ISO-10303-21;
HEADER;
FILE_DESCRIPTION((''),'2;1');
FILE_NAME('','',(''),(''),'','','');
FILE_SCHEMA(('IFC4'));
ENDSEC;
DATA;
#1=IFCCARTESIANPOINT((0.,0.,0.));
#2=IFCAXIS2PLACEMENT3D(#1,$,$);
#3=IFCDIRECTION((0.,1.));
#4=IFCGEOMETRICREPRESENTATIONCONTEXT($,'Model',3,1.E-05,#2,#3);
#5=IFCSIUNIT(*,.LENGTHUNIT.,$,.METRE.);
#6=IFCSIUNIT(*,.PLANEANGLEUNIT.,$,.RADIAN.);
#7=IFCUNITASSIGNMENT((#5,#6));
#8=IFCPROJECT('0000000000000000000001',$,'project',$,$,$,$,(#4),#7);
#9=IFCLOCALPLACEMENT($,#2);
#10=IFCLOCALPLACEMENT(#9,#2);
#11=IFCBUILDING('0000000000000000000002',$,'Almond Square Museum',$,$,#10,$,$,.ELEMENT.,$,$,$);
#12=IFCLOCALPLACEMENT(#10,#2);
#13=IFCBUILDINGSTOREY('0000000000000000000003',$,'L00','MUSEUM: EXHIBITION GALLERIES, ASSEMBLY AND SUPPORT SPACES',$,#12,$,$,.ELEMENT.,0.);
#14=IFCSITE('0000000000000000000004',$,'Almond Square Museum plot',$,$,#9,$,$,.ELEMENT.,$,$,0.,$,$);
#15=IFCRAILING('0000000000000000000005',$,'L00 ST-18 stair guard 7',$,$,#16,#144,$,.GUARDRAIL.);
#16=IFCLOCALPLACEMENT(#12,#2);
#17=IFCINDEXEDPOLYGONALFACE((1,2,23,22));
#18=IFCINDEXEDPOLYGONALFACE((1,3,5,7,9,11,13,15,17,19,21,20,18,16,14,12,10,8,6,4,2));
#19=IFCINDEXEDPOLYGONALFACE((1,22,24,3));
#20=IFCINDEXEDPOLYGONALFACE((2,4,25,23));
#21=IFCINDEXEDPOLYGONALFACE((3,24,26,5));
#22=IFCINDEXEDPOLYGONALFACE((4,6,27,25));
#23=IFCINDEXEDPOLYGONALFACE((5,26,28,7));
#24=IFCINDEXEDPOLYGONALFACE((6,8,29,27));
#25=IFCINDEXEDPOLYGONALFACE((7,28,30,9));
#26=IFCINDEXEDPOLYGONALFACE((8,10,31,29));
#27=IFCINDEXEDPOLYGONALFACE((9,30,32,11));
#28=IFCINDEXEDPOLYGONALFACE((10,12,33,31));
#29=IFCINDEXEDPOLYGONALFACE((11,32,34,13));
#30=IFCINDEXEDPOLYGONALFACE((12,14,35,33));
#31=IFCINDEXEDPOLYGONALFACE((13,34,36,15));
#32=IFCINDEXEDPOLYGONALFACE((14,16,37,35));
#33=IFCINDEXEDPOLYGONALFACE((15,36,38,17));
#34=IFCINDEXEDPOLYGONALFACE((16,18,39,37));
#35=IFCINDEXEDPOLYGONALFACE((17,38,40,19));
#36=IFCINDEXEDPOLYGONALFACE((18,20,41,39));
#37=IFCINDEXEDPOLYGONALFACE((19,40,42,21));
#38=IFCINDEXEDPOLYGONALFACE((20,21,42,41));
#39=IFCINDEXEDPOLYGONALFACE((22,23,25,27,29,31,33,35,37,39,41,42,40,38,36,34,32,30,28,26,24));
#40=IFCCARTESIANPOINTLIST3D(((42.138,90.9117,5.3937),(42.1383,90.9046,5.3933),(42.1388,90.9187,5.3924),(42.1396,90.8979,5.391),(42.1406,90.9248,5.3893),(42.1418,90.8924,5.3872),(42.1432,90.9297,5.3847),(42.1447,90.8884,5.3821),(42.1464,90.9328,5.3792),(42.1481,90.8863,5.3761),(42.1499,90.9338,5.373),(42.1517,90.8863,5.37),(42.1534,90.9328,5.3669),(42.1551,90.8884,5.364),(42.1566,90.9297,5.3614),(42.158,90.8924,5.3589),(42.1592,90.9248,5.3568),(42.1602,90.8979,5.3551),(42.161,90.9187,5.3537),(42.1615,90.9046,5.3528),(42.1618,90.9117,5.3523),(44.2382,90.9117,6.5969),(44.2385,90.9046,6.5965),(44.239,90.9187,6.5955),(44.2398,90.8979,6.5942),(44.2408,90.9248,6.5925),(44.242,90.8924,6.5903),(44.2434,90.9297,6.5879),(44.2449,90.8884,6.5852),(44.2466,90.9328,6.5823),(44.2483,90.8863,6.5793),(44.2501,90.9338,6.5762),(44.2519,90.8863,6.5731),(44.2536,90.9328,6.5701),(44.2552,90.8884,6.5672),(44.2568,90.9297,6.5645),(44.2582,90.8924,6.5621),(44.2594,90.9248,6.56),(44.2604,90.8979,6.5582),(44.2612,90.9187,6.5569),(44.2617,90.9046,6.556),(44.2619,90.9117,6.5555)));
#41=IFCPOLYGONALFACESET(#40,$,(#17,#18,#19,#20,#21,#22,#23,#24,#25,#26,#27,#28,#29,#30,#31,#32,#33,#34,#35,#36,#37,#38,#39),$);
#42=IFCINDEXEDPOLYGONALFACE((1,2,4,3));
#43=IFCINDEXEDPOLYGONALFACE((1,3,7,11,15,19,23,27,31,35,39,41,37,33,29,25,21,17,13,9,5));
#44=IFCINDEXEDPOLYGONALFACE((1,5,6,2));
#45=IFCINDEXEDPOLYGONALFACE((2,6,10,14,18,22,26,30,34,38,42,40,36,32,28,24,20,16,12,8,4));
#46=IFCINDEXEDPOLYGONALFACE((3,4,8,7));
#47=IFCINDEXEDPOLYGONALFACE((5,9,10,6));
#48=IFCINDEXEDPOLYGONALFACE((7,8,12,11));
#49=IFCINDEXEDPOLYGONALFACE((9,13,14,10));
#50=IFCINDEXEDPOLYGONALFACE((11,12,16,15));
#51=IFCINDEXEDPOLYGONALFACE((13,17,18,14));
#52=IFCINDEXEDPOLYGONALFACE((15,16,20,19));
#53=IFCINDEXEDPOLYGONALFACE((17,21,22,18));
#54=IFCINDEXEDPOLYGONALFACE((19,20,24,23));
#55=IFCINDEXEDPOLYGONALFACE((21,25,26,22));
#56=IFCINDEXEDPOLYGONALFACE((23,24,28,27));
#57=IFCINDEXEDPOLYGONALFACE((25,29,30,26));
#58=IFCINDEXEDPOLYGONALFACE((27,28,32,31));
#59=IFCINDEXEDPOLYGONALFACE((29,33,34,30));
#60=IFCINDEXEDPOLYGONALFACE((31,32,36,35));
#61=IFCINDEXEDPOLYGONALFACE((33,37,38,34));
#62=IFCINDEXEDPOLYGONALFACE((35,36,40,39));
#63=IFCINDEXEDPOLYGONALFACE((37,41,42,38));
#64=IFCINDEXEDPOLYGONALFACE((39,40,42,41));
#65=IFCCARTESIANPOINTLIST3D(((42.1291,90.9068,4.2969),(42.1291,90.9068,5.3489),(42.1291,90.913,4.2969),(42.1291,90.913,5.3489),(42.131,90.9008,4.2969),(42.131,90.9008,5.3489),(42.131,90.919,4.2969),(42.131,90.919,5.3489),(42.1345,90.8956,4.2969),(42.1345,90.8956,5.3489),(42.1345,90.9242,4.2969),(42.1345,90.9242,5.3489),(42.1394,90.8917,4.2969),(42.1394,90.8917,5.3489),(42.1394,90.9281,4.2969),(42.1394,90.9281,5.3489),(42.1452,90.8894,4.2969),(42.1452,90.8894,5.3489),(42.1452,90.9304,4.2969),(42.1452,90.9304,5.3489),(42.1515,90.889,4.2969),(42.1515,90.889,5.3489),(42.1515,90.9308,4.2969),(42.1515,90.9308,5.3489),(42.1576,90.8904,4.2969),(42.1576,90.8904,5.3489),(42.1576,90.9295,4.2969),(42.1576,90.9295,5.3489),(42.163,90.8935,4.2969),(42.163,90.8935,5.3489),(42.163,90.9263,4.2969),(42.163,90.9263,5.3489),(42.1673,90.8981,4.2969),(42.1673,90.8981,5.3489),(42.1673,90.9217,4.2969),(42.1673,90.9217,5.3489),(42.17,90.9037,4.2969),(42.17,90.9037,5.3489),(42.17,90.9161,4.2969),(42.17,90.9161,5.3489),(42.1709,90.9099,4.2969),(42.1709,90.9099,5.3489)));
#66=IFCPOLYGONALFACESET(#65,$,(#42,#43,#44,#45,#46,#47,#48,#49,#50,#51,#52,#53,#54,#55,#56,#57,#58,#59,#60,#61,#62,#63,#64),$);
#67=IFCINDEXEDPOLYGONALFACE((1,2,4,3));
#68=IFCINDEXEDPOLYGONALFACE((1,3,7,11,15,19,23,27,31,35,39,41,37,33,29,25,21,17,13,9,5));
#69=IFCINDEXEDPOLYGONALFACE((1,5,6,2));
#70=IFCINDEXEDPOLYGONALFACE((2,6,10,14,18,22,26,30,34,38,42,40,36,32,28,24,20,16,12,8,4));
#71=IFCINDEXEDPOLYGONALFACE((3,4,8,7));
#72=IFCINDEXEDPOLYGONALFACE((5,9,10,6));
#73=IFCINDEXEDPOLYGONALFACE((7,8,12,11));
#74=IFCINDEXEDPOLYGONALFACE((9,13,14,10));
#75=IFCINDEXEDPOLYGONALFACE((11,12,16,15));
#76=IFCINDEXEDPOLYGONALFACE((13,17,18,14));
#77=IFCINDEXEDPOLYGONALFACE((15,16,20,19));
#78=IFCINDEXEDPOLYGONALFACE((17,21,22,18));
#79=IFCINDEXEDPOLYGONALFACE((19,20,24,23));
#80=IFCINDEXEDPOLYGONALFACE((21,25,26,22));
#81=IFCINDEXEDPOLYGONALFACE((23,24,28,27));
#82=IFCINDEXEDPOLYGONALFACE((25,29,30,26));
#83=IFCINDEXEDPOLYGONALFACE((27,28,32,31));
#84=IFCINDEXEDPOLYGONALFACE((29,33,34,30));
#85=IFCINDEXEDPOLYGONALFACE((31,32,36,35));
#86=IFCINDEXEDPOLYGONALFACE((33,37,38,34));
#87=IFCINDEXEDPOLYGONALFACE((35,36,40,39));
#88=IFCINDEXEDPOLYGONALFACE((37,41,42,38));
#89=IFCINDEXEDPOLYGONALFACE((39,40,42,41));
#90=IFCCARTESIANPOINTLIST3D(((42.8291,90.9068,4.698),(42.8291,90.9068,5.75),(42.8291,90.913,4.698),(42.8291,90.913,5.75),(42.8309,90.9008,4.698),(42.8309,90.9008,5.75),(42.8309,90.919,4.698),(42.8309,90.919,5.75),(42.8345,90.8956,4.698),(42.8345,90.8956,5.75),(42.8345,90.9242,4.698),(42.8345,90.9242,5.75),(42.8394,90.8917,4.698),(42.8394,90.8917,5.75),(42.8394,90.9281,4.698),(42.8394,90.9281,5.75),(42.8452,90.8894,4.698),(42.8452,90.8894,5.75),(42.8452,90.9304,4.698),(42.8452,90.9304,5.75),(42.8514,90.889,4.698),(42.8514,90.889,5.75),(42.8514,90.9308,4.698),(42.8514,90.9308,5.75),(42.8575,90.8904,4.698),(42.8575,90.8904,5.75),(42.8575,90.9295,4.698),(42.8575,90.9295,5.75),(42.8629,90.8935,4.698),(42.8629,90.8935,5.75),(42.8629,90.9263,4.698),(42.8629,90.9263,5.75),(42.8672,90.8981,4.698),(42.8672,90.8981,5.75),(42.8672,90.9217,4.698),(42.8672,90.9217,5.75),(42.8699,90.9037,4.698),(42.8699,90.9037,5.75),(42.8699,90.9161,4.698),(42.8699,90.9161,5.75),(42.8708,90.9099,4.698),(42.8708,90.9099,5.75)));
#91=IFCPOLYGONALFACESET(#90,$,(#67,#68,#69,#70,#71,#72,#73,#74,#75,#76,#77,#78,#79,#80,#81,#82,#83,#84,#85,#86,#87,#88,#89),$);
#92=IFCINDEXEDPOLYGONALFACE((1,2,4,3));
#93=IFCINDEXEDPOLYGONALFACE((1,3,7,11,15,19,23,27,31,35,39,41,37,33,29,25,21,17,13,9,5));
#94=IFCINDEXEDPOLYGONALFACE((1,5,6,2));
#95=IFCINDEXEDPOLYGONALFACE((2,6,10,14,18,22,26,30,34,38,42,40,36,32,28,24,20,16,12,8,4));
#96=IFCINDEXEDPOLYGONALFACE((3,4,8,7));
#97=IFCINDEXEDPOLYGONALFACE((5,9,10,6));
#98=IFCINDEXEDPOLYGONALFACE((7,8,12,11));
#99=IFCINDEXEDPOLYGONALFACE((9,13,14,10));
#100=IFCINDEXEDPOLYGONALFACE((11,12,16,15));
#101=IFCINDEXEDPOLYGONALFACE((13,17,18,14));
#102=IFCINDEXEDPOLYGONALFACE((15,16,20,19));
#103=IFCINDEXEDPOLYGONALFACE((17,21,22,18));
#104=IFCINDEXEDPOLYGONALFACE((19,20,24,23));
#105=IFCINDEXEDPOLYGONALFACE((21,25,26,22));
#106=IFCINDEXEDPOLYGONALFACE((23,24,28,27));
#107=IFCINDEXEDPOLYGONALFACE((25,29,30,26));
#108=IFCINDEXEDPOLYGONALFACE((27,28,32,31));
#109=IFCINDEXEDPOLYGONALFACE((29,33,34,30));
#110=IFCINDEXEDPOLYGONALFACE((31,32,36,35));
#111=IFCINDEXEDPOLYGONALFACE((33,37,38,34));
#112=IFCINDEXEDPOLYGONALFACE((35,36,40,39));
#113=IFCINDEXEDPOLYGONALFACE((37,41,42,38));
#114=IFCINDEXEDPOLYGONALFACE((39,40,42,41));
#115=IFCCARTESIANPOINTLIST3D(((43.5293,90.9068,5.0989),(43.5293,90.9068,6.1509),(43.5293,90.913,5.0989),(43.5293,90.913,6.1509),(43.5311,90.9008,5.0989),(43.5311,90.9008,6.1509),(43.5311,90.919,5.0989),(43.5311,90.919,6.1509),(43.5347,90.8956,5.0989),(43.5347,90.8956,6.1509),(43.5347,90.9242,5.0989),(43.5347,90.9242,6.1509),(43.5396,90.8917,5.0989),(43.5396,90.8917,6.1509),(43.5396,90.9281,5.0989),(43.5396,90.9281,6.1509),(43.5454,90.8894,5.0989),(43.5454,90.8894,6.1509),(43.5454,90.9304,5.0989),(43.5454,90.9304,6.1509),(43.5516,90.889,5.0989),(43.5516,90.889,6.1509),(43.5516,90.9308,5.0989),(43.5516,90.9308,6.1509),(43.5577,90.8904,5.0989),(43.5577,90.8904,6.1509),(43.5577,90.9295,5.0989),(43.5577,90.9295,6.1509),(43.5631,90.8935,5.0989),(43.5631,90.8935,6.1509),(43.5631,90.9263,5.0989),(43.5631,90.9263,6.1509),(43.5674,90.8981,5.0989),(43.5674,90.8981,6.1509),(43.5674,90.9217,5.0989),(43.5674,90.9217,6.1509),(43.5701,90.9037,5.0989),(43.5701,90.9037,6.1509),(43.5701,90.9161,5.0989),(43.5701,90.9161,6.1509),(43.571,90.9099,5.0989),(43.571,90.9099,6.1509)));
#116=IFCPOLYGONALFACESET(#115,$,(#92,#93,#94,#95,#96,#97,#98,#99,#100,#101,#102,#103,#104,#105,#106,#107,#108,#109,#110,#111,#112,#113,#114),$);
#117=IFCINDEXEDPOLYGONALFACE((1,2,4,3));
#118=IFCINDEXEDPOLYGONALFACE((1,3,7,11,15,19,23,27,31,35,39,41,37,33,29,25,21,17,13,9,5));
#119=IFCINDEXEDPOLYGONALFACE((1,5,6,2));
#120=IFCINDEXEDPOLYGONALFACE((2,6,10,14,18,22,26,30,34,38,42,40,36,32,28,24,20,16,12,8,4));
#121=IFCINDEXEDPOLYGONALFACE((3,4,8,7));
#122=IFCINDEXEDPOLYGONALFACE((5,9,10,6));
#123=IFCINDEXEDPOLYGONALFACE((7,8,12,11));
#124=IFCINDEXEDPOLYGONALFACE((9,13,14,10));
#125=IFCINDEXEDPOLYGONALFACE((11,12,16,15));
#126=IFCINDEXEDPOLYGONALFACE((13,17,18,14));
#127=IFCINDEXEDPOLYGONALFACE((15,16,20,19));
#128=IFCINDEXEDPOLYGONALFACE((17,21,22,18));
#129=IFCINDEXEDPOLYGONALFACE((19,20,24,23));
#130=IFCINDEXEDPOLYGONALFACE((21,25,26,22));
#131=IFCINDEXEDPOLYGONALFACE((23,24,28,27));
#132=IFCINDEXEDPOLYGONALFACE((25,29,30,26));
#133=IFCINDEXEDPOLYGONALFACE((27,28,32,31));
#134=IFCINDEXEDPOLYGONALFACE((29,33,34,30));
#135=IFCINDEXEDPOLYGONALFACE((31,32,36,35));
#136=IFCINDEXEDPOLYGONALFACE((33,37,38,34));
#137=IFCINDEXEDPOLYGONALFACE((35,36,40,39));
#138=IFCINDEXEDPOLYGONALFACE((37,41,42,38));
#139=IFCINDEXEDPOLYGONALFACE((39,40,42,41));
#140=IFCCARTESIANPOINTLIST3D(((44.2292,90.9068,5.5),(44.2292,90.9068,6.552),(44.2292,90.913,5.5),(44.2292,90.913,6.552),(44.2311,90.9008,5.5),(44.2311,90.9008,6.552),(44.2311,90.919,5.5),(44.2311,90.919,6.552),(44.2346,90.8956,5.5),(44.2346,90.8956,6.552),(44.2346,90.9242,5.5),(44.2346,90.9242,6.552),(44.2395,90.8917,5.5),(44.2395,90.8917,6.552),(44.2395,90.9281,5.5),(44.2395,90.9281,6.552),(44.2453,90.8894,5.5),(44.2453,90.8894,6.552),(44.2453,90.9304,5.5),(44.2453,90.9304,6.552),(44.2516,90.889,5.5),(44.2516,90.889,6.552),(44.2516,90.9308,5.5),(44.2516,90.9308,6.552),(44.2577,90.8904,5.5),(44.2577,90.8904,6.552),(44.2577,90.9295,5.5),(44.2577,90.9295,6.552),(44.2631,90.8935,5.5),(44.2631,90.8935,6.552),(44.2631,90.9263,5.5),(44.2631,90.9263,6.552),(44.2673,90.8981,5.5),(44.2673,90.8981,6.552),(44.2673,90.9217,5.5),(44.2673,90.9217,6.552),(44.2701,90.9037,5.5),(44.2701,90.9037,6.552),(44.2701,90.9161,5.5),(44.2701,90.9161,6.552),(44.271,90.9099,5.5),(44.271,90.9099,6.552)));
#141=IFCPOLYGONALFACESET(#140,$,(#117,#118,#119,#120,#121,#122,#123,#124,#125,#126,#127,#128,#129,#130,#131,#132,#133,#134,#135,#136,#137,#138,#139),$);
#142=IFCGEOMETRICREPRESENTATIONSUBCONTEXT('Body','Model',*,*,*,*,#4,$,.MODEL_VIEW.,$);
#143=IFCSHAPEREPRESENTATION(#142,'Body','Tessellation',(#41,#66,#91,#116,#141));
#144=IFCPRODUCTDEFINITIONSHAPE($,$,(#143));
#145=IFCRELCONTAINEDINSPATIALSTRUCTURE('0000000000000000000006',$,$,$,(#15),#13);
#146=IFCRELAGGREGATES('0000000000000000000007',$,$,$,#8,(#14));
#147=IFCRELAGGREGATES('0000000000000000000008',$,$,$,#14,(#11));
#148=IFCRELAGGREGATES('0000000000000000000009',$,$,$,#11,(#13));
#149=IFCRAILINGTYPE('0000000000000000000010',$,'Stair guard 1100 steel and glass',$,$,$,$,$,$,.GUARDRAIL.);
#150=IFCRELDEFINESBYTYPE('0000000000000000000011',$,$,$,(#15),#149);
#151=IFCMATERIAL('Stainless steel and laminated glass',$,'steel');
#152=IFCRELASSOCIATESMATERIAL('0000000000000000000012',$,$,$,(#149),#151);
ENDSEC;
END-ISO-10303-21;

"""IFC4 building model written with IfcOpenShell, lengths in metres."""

from ifc_helpers import new_model, si_unit, direction, frame, origin, origin_2d, place, context, subcontext, project, spatial, circle, extrude, material, type_object, element, save


model = new_model("IFC4")

# Units and contexts
model_context = context("Model", 3, precision=1e-05, world=origin(), true_north=direction((0.0, 1.0)))
body_context = subcontext(model_context, "Body", "Model", "MODEL_VIEW")
ifc_project = project(units=[si_unit("LENGTHUNIT", "METRE"), si_unit("PLANEANGLEUNIT", "RADIAN")], contexts=[model_context])

# Site, building, storey
site_placement = place(None, origin())
site = spatial("IfcSite", under=ifc_project, at=site_placement, Name="Almond Square Museum plot", CompositionType="ELEMENT", RefElevation=0.0)
building_placement = place(site_placement, origin())
building = spatial("IfcBuilding", under=site, at=building_placement, Name="Almond Square Museum", CompositionType="ELEMENT")
storey_placement = place(building_placement, origin())
storey = spatial("IfcBuildingStorey", under=building, at=storey_placement, Name="L00", Description="MUSEUM: EXHIBITION GALLERIES, ASSEMBLY AND SUPPORT SPACES", CompositionType="ELEMENT", Elevation=0.0)

# Railing
ifc_material_1 = material(Name="Stainless steel and laminated glass", Category="steel")
railing_type_1 = type_object("IfcRailingType", Name="Stair guard 1100 steel and glass", PredefinedType="GUARDRAIL", material=ifc_material_1)
railing_1_placement = place(storey_placement, frame((42.1499, 90.9099, 4.2969)))
element("IfcRailing", 1, at=railing_1_placement, inside=storey, type_object=railing_type_1, Name="L00 ST-18 stair guard 7", PredefinedType="GUARDRAIL", context=body_context, shape_type="SweptSolid", body=[
    extrude(circle(Radius=0.0239, at=origin_2d()), frame((0.0, 0.0, 1.0762), z_axis=(0.867696, 0.0, 0.497095), x_axis=(0.0, 1.0, 0.0)), (0.0, 0.0, 1.0), 2.4204),
    extrude(circle(Radius=0.021, at=origin_2d()), origin(), (0.0, 0.0, 1.0), 1.052),
    extrude(circle(Radius=0.021, at=origin_2d()), frame((0.7, 0.0, 0.4011)), (0.0, 0.0, 1.0), 1.052),
    extrude(circle(Radius=0.021, at=origin_2d()), frame((1.4001, 0.0, 0.802)), (0.0, 0.0, 1.0), 1.052),
    extrude(circle(Radius=0.021, at=origin_2d()), frame((2.1001, 0.0, 1.2031)), (0.0, 0.0, 1.0), 1.052),
])

save(model, "model.ifc")
